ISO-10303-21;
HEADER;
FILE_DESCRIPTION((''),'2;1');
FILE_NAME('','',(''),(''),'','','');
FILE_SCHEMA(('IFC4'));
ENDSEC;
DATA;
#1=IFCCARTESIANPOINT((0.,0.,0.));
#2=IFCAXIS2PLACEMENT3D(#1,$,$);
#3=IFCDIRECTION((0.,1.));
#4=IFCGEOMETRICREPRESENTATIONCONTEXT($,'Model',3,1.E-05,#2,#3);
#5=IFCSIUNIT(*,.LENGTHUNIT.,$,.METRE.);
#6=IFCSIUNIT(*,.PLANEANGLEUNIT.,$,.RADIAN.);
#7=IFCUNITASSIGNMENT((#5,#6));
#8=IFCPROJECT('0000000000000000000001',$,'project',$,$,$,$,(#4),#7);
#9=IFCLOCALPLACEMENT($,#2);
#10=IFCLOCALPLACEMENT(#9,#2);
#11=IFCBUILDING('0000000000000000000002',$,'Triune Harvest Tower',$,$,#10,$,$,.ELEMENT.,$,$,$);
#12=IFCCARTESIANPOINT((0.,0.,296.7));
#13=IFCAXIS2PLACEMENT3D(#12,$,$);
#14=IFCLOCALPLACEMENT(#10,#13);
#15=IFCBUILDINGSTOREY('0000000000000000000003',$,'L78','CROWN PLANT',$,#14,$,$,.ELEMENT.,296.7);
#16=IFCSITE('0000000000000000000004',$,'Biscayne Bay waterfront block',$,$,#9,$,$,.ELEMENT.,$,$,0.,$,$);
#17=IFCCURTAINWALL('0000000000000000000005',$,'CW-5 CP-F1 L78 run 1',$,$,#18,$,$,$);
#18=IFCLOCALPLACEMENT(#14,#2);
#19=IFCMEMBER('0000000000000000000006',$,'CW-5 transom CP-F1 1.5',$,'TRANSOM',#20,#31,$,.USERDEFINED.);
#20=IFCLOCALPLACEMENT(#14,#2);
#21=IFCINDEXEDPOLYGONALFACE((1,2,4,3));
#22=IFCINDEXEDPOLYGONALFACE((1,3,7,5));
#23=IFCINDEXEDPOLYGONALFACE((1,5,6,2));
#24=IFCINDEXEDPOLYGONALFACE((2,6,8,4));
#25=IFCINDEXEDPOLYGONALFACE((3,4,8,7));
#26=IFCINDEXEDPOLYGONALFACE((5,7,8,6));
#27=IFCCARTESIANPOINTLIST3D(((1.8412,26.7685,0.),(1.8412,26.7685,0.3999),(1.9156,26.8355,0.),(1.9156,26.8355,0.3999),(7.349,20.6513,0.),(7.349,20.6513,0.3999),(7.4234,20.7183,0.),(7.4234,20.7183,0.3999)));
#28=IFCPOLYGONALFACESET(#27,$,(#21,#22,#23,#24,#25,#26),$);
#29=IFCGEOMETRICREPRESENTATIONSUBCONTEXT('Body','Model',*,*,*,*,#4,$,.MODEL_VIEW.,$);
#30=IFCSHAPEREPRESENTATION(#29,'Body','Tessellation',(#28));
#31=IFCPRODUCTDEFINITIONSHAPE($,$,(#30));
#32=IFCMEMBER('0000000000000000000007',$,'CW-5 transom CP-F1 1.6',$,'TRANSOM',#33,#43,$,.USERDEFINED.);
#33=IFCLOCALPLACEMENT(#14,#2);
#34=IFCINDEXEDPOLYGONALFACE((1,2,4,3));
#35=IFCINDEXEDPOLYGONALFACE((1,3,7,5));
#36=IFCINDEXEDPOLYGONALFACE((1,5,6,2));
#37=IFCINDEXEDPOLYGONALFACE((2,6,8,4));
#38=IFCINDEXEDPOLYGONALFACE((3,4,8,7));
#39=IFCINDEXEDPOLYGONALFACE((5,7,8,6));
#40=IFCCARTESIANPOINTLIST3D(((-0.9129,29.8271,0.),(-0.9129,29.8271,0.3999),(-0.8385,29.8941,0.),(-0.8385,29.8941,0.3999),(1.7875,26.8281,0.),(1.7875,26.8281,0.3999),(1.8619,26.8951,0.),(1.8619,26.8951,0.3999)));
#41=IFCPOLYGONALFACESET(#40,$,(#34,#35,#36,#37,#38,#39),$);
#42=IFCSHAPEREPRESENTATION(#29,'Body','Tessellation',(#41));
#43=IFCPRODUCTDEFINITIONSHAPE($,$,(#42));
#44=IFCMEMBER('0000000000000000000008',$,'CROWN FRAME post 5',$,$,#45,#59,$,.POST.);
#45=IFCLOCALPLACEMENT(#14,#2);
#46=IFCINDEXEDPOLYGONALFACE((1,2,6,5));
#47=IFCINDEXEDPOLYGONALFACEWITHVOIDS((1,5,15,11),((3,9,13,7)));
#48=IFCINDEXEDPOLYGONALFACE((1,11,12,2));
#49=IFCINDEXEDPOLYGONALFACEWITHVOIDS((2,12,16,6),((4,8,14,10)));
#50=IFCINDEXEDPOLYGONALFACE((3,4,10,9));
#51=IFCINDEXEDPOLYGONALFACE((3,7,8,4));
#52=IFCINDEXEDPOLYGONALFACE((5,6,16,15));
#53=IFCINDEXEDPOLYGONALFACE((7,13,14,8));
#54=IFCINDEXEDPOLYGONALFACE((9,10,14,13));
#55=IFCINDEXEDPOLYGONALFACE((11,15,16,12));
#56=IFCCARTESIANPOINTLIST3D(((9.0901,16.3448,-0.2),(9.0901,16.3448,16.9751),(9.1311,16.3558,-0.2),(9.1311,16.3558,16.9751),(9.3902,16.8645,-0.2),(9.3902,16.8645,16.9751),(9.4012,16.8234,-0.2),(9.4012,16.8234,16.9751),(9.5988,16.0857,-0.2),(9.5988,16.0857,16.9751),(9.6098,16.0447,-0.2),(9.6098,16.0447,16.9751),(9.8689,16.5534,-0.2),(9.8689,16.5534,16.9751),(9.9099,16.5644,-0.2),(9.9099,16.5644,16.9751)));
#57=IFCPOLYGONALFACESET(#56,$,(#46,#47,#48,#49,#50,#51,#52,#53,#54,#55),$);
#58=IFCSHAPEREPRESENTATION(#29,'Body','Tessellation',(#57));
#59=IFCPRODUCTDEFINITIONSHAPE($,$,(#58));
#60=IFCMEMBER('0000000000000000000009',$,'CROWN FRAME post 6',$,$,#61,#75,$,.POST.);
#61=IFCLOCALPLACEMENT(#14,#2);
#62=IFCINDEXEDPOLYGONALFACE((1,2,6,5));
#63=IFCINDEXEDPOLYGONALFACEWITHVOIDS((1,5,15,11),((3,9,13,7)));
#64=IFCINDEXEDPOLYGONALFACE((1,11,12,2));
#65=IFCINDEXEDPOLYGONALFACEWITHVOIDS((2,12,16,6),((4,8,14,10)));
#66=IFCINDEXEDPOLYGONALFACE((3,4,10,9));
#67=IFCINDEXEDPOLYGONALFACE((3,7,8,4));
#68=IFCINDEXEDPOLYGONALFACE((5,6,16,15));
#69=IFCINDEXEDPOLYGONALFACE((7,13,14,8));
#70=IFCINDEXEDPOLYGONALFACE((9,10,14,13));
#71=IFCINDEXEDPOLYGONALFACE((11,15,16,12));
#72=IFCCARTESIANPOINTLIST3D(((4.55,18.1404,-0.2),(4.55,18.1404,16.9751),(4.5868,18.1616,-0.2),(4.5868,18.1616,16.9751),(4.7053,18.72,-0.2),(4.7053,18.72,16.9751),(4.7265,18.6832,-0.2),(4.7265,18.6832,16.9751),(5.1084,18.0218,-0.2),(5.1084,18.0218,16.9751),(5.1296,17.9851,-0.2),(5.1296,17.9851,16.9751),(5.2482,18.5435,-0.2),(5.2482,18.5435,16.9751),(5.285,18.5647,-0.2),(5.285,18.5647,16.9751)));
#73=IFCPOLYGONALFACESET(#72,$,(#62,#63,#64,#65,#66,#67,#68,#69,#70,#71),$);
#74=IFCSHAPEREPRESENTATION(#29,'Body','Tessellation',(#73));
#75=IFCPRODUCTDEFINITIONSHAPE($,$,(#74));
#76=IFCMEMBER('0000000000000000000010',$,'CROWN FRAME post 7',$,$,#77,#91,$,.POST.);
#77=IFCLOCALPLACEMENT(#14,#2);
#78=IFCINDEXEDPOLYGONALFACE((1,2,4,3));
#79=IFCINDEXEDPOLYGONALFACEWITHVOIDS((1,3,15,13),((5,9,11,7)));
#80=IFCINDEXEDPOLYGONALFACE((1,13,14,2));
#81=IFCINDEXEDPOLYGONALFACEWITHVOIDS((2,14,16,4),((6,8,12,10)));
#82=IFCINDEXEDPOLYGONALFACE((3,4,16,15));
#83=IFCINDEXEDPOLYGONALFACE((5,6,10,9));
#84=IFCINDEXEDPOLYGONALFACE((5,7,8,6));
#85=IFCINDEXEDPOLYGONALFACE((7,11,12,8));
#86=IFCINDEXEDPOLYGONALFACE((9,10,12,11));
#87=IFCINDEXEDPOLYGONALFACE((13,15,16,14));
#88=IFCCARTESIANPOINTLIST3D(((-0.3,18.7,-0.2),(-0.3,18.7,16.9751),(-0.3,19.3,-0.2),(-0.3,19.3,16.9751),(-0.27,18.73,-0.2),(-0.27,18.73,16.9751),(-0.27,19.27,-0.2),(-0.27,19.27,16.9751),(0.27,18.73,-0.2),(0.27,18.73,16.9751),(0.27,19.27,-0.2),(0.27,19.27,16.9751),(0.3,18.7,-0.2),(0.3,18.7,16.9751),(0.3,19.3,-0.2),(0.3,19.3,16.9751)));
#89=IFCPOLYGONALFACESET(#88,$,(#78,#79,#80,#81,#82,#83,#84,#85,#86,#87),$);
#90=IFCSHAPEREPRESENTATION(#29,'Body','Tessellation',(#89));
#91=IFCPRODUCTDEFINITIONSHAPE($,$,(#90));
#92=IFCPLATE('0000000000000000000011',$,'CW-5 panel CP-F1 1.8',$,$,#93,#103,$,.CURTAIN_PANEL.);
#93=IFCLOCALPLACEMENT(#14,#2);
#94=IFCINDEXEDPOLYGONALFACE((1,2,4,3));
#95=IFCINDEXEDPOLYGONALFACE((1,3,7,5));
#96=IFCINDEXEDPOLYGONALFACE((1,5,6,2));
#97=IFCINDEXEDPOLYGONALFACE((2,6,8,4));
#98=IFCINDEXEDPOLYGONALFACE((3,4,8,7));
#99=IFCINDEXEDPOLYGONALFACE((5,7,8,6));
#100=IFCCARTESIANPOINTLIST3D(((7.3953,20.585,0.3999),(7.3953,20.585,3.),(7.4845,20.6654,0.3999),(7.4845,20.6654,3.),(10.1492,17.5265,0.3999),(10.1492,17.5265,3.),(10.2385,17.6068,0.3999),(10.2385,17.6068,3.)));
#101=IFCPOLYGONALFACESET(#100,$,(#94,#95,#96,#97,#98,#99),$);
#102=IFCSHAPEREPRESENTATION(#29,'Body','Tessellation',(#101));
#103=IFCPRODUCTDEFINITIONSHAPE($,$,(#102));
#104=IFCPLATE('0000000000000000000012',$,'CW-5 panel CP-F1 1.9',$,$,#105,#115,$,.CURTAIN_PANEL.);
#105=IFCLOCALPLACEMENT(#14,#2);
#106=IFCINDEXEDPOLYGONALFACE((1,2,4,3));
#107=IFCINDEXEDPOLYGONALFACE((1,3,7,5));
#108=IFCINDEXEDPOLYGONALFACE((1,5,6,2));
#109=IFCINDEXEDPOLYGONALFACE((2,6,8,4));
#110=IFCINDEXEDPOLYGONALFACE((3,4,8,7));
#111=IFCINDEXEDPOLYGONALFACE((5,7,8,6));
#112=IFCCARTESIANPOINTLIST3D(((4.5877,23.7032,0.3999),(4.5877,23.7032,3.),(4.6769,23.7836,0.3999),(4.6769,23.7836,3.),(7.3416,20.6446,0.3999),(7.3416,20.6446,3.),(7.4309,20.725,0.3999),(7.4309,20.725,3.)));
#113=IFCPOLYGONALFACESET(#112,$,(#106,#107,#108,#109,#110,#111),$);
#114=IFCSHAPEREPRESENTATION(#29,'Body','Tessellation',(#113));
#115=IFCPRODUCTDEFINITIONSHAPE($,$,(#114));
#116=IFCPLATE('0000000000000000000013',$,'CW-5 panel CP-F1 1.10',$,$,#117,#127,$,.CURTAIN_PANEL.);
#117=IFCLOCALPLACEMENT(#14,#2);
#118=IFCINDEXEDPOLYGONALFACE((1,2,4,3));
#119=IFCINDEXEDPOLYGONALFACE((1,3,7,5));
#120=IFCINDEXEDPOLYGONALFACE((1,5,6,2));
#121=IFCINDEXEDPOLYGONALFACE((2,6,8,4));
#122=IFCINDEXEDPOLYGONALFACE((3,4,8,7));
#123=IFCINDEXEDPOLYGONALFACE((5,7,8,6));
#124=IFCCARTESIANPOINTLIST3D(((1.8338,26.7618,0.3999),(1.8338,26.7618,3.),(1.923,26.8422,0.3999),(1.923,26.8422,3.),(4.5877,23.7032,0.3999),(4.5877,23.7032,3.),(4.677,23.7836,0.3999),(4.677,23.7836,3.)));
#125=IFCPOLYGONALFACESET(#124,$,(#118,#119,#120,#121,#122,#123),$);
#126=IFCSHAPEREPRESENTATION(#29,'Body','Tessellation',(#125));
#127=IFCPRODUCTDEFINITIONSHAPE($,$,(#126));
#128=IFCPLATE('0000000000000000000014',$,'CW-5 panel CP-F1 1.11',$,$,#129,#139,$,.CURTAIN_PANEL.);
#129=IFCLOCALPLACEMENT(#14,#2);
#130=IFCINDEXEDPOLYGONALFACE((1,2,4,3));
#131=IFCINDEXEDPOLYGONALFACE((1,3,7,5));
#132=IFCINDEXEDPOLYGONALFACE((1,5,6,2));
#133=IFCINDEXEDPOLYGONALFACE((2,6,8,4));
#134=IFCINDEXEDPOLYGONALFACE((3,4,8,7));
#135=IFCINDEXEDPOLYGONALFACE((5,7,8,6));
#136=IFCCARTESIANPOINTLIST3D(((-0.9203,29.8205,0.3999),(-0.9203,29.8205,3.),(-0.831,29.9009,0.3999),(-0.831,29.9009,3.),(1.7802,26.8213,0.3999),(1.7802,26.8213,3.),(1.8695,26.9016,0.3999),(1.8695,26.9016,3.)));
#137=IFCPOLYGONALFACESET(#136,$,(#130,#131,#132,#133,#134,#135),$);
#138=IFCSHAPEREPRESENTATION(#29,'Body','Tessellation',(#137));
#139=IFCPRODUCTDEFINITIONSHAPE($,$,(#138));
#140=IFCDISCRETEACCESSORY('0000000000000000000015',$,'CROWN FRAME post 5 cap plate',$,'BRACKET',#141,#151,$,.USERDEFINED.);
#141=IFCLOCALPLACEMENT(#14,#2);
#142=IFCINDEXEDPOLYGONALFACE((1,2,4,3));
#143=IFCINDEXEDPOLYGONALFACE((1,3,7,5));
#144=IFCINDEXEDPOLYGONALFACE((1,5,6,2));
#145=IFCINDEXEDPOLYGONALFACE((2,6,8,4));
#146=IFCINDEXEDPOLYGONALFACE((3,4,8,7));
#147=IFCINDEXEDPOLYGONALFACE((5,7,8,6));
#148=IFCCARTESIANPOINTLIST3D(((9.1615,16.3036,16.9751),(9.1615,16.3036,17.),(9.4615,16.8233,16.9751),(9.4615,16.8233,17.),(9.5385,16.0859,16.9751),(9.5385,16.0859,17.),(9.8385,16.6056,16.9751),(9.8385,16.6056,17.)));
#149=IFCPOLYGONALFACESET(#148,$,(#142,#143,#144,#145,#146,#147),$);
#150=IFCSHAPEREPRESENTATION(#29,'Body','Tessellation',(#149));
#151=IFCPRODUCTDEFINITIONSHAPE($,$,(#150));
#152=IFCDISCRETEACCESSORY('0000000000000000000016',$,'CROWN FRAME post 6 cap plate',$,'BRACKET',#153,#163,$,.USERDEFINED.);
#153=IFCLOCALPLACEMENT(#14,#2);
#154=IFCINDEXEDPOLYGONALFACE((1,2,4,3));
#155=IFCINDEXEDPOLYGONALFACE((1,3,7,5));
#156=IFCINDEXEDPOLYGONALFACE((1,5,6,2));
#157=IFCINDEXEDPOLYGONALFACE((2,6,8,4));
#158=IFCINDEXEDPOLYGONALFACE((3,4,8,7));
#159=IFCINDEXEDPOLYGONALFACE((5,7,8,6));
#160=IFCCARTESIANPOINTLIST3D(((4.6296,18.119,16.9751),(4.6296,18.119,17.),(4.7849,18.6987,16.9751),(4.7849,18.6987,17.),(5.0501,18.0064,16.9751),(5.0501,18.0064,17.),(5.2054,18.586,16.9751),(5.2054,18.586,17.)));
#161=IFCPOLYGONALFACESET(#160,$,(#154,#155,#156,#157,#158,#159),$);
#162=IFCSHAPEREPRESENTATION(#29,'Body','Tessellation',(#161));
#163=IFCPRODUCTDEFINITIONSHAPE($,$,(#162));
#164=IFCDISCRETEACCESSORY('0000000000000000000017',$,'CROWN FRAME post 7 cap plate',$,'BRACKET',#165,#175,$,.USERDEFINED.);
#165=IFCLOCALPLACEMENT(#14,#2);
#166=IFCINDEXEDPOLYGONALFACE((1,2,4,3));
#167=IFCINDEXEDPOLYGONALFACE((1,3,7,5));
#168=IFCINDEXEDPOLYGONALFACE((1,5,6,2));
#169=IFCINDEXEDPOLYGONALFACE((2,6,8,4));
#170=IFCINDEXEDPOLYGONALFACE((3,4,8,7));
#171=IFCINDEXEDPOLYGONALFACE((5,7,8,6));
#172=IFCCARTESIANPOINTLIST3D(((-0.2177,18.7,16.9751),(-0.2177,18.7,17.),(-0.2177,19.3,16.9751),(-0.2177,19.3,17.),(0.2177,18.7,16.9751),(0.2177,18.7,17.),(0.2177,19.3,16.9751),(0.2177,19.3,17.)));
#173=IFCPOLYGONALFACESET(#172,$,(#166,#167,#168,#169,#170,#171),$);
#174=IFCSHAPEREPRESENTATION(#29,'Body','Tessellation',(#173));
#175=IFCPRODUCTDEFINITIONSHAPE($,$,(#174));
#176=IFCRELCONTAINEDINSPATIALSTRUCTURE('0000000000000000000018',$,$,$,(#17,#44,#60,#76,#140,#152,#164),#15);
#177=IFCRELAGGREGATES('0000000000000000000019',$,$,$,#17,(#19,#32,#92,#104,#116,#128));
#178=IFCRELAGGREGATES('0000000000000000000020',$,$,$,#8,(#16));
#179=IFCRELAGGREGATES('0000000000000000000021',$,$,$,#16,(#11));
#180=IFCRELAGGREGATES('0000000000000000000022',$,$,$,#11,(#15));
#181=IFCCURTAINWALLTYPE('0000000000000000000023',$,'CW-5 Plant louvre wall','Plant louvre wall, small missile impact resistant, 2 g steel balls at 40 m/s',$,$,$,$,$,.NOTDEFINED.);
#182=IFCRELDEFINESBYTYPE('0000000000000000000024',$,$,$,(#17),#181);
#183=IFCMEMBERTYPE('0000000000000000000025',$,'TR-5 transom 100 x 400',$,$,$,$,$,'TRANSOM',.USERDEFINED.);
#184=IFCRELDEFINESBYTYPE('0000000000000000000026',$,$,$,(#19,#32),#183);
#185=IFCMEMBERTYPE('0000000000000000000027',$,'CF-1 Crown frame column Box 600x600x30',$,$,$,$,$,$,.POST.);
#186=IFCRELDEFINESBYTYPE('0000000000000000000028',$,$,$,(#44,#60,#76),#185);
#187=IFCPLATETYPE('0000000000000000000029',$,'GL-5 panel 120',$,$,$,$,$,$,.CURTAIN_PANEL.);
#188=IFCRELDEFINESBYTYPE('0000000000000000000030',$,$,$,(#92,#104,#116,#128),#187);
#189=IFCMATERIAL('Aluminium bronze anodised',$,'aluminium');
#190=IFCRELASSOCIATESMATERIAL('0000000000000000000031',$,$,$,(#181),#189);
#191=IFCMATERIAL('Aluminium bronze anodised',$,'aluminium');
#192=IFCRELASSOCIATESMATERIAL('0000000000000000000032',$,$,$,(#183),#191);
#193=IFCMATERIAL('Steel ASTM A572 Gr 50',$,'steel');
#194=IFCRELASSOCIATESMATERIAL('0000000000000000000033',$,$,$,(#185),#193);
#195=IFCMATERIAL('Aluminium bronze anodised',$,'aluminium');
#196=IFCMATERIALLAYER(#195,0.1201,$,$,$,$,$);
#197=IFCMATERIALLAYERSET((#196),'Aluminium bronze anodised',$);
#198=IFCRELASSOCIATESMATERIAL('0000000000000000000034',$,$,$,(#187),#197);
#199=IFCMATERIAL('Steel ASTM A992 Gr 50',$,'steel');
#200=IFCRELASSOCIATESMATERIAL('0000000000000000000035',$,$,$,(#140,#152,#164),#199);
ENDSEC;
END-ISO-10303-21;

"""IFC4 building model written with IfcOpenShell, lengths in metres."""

from ifc_helpers import new_model, si_unit, direction, frame, origin, origin_2d, place, context, subcontext, project, spatial, rectangle, hollow_rectangle, extrude, source, transform, mapped, material, layer, layer_set, material_profile, profile_set, type_object, element, aggregate, save


model = new_model("IFC4")

# Units and contexts
model_context = context("Model", 3, precision=1e-05, world=origin(), true_north=direction((0.0, 1.0)))
body_context = subcontext(model_context, "Body", "Model", "MODEL_VIEW")
ifc_project = project(units=[si_unit("LENGTHUNIT", "METRE"), si_unit("PLANEANGLEUNIT", "RADIAN")], contexts=[model_context])

# Site, building, storey
site_placement = place(None, origin())
site = spatial("IfcSite", under=ifc_project, at=site_placement, Name="Biscayne Bay waterfront block", CompositionType="ELEMENT", RefElevation=0.0)
building_placement = place(site_placement, origin())
building = spatial("IfcBuilding", under=site, at=building_placement, Name="Triune Harvest Tower", CompositionType="ELEMENT")
storey_placement = place(building_placement, frame((0.0, 0.0, 296.7)))
storey = spatial("IfcBuildingStorey", under=building, at=storey_placement, Name="L78", Description="CROWN PLANT", CompositionType="ELEMENT", Elevation=296.7)

# Curtain wall, members
ifc_material_1 = material(Name="Aluminium bronze anodised", Category="aluminium")
curtain_wall_type = type_object("IfcCurtainWallType", Name="CW-5 Plant louvre wall", Description="Plant louvre wall, small missile impact resistant, 2 g steel balls at 40 m/s", PredefinedType="NOTDEFINED", material=ifc_material_1)
curtain_wall_placement = place(storey_placement, origin())
curtain_wall = element("IfcCurtainWall", 1, at=curtain_wall_placement, inside=storey, type_object=curtain_wall_type, Name="CW-5 CP-F1 L78 run 1")
ifc_material_2 = material(Name="Aluminium bronze anodised", Category="aluminium")
ifc_material_profile_1 = material_profile(ifc_material_2, rectangle(XDim=0.1001, YDim=0.3999, at=origin_2d()), Name="TR-5 transom 100 x 400")
ifc_profile_set_1 = profile_set([ifc_material_profile_1], Name="Aluminium bronze anodised")
member_type_1 = type_object("IfcMemberType", Name="TR-5 transom 100 x 400", ElementType="TRANSOM", PredefinedType="USERDEFINED", material=ifc_profile_set_1)
shared_shape_1 = source(origin(), body_context, "Body", "SweptSolid", [
    extrude(rectangle(XDim=0.1001, YDim=0.3999, at=origin_2d()), origin(), (0.0, 0.0, 1.0), 8.2314),
])
member_1_placement = place(storey_placement, frame((7.3862, 20.6848, 0.2), z_axis=(-0.669122, 0.743153, 0.0), x_axis=(-0.743153, -0.669122, 0.0)))
member_1 = element("IfcMember", 2, at=member_1_placement, type_object=member_type_1, Name="CW-5 transom CP-F1 1.5", ObjectType="TRANSOM", PredefinedType="USERDEFINED", context=body_context, shape_type="MappedRepresentation", body=[
    mapped(shared_shape_1, transform((0.0, 0.0, 0.0), scale=1.0)),
])
shared_shape_2 = source(origin(), body_context, "Body", "SweptSolid", [
    extrude(rectangle(XDim=0.1001, YDim=0.3999, at=origin_2d()), origin(), (0.0, 0.0, 1.0), 4.0356),
])
member_2_placement = place(storey_placement, frame((1.8247, 26.8616, 0.2), z_axis=(-0.669145, 0.743132, 0.0), x_axis=(-0.743132, -0.669145, 0.0)))
member_2 = element("IfcMember", 3, at=member_2_placement, type_object=member_type_1, Name="CW-5 transom CP-F1 1.6", ObjectType="TRANSOM", PredefinedType="USERDEFINED", context=body_context, shape_type="MappedRepresentation", body=[
    mapped(shared_shape_2, transform((0.0, 0.0, 0.0), scale=1.0)),
])

# Members
ifc_material_3 = material(Name="Steel ASTM A572 Gr 50", Category="steel")
ifc_material_profile_2 = material_profile(ifc_material_3, hollow_rectangle(XDim=0.6001, YDim=0.6001, WallThickness=0.03, at=origin_2d()), Name="Box 600x600x30")
ifc_profile_set_2 = profile_set([ifc_material_profile_2], Name="Steel ASTM A572 Gr 50")
member_type_2 = type_object("IfcMemberType", Name="CF-1 Crown frame column Box 600x600x30", PredefinedType="POST", material=ifc_profile_set_2)
shared_shape_3 = source(origin(), body_context, "Body", "SweptSolid", [
    extrude(hollow_rectangle(XDim=0.6001, YDim=0.6001, WallThickness=0.03, at=origin_2d()), origin(), (0.0, 0.0, 1.0), 17.175),
])
for number, where, z_axis, x_axis, name in (
    (4, (9.5, 16.4546, -0.2), (0.0, 0.0, 1.0), (-0.866025, 0.5, 0.0), "CROWN FRAME post 5"),
    (5, (4.9175, 18.3525, -0.2), (0.0, 0.0, 1.0), (-0.965926, 0.258819, 0.0), "CROWN FRAME post 6"),
    (6, (0.0, 19.0, -0.2), (0.0, 0.0, 1.0), (-1.0, 0.0, 0.0), "CROWN FRAME post 7"),
):
    element("IfcMember", number, at=place(storey_placement, frame(where, z_axis=z_axis, x_axis=x_axis)), inside=storey, type_object=member_type_2, Name=name, PredefinedType="POST", context=body_context, shape_type="MappedRepresentation", body=[
        mapped(shared_shape_3, transform((0.0, 0.0, 0.0), scale=1.0)),
    ])

# Plates
ifc_material_4 = material(Name="Aluminium bronze anodised", Category="aluminium")
ifc_layer = layer(ifc_material_4, 0.1201)
ifc_layer_set = layer_set([ifc_layer], Name="Aluminium bronze anodised")
plate_type = type_object("IfcPlateType", Name="GL-5 panel 120", PredefinedType="CURTAIN_PANEL", material=ifc_layer_set)
shared_shape_4 = source(origin(), body_context, "Body", "SweptSolid", [
    extrude(rectangle(XDim=4.1157, YDim=0.1201, at=origin_2d()), origin(), (0.0, 0.0, 1.0), 2.6001),
])
plate_1_placement = place(storey_placement, frame((8.8169, 19.0959, 0.3999), z_axis=(0.0, 0.0, 1.0), x_axis=(-0.669131, 0.743144, 0.0)))
plate_1 = element("IfcPlate", 7, at=plate_1_placement, type_object=plate_type, Name="CW-5 panel CP-F1 1.8", PredefinedType="CURTAIN_PANEL", context=body_context, shape_type="MappedRepresentation", body=[
    mapped(shared_shape_4, transform((0.0, 0.0, 0.0), scale=1.0)),
])
plate_2_placement = place(storey_placement, frame((6.0093, 22.2141, 0.3999), z_axis=(0.0, 0.0, 1.0), x_axis=(-0.669131, 0.743144, 0.0)))
plate_2 = element("IfcPlate", 8, at=plate_2_placement, type_object=plate_type, Name="CW-5 panel CP-F1 1.9", PredefinedType="CURTAIN_PANEL", context=body_context, shape_type="MappedRepresentation", body=[
    mapped(shared_shape_4, transform((0.0, 0.0, 0.0), scale=1.0)),
])
plate_3_placement = place(storey_placement, frame((3.2554, 25.2727, 0.3999), z_axis=(0.0, 0.0, 1.0), x_axis=(-0.669131, 0.743144, 0.0)))
plate_3 = element("IfcPlate", 9, at=plate_3_placement, type_object=plate_type, Name="CW-5 panel CP-F1 1.10", PredefinedType="CURTAIN_PANEL", context=body_context, shape_type="MappedRepresentation", body=[
    mapped(shared_shape_4, transform((0.0, 0.0, 0.0), scale=1.0)),
])
shared_shape_5 = source(origin(), body_context, "Body", "SweptSolid", [
    extrude(rectangle(XDim=4.0359, YDim=0.1201, at=origin_2d()), origin(), (0.0, 0.0, 1.0), 2.6001),
])
plate_4_placement = place(storey_placement, frame((0.4746, 28.3611, 0.3999), z_axis=(0.0, 0.0, 1.0), x_axis=(-0.669131, 0.743144, 0.0)))
plate_4 = element("IfcPlate", 10, at=plate_4_placement, type_object=plate_type, Name="CW-5 panel CP-F1 1.11", PredefinedType="CURTAIN_PANEL", context=body_context, shape_type="MappedRepresentation", body=[
    mapped(shared_shape_5, transform((0.0, 0.0, 0.0), scale=1.0)),
])
aggregate(curtain_wall, [member_1, member_2, plate_1, plate_2, plate_3, plate_4])

# Discrete accessories
ifc_material_5 = material(Name="Steel ASTM A992 Gr 50", Category="steel")
shared_shape_6 = source(origin(), body_context, "Body", "SweptSolid", [
    extrude(rectangle(XDim=0.6001, YDim=0.4353, at=origin_2d()), origin(), (0.0, 0.0, 1.0), 0.0249),
])
for number, where, z_axis, x_axis, name in (
    (11, (9.5, 16.4546, 16.9751), (0.0, 0.0, 1.0), (0.5, 0.866025, 0.0), "CROWN FRAME post 5 cap plate"),
    (12, (4.9175, 18.3525, 16.9751), (0.0, 0.0, 1.0), (0.258819, 0.965926, 0.0), "CROWN FRAME post 6 cap plate"),
    (13, (0.0, 19.0, 16.9751), (0.0, 0.0, 1.0), (0.0, 1.0, 0.0), "CROWN FRAME post 7 cap plate"),
):
    element("IfcDiscreteAccessory", number, at=place(storey_placement, frame(where, z_axis=z_axis, x_axis=x_axis)), inside=storey, material=ifc_material_5, Name=name, ObjectType="BRACKET", PredefinedType="USERDEFINED", context=body_context, shape_type="MappedRepresentation", body=[
        mapped(shared_shape_6, transform((0.0, 0.0, 0.0), scale=1.0)),
    ])

save(model, "model.ifc")
